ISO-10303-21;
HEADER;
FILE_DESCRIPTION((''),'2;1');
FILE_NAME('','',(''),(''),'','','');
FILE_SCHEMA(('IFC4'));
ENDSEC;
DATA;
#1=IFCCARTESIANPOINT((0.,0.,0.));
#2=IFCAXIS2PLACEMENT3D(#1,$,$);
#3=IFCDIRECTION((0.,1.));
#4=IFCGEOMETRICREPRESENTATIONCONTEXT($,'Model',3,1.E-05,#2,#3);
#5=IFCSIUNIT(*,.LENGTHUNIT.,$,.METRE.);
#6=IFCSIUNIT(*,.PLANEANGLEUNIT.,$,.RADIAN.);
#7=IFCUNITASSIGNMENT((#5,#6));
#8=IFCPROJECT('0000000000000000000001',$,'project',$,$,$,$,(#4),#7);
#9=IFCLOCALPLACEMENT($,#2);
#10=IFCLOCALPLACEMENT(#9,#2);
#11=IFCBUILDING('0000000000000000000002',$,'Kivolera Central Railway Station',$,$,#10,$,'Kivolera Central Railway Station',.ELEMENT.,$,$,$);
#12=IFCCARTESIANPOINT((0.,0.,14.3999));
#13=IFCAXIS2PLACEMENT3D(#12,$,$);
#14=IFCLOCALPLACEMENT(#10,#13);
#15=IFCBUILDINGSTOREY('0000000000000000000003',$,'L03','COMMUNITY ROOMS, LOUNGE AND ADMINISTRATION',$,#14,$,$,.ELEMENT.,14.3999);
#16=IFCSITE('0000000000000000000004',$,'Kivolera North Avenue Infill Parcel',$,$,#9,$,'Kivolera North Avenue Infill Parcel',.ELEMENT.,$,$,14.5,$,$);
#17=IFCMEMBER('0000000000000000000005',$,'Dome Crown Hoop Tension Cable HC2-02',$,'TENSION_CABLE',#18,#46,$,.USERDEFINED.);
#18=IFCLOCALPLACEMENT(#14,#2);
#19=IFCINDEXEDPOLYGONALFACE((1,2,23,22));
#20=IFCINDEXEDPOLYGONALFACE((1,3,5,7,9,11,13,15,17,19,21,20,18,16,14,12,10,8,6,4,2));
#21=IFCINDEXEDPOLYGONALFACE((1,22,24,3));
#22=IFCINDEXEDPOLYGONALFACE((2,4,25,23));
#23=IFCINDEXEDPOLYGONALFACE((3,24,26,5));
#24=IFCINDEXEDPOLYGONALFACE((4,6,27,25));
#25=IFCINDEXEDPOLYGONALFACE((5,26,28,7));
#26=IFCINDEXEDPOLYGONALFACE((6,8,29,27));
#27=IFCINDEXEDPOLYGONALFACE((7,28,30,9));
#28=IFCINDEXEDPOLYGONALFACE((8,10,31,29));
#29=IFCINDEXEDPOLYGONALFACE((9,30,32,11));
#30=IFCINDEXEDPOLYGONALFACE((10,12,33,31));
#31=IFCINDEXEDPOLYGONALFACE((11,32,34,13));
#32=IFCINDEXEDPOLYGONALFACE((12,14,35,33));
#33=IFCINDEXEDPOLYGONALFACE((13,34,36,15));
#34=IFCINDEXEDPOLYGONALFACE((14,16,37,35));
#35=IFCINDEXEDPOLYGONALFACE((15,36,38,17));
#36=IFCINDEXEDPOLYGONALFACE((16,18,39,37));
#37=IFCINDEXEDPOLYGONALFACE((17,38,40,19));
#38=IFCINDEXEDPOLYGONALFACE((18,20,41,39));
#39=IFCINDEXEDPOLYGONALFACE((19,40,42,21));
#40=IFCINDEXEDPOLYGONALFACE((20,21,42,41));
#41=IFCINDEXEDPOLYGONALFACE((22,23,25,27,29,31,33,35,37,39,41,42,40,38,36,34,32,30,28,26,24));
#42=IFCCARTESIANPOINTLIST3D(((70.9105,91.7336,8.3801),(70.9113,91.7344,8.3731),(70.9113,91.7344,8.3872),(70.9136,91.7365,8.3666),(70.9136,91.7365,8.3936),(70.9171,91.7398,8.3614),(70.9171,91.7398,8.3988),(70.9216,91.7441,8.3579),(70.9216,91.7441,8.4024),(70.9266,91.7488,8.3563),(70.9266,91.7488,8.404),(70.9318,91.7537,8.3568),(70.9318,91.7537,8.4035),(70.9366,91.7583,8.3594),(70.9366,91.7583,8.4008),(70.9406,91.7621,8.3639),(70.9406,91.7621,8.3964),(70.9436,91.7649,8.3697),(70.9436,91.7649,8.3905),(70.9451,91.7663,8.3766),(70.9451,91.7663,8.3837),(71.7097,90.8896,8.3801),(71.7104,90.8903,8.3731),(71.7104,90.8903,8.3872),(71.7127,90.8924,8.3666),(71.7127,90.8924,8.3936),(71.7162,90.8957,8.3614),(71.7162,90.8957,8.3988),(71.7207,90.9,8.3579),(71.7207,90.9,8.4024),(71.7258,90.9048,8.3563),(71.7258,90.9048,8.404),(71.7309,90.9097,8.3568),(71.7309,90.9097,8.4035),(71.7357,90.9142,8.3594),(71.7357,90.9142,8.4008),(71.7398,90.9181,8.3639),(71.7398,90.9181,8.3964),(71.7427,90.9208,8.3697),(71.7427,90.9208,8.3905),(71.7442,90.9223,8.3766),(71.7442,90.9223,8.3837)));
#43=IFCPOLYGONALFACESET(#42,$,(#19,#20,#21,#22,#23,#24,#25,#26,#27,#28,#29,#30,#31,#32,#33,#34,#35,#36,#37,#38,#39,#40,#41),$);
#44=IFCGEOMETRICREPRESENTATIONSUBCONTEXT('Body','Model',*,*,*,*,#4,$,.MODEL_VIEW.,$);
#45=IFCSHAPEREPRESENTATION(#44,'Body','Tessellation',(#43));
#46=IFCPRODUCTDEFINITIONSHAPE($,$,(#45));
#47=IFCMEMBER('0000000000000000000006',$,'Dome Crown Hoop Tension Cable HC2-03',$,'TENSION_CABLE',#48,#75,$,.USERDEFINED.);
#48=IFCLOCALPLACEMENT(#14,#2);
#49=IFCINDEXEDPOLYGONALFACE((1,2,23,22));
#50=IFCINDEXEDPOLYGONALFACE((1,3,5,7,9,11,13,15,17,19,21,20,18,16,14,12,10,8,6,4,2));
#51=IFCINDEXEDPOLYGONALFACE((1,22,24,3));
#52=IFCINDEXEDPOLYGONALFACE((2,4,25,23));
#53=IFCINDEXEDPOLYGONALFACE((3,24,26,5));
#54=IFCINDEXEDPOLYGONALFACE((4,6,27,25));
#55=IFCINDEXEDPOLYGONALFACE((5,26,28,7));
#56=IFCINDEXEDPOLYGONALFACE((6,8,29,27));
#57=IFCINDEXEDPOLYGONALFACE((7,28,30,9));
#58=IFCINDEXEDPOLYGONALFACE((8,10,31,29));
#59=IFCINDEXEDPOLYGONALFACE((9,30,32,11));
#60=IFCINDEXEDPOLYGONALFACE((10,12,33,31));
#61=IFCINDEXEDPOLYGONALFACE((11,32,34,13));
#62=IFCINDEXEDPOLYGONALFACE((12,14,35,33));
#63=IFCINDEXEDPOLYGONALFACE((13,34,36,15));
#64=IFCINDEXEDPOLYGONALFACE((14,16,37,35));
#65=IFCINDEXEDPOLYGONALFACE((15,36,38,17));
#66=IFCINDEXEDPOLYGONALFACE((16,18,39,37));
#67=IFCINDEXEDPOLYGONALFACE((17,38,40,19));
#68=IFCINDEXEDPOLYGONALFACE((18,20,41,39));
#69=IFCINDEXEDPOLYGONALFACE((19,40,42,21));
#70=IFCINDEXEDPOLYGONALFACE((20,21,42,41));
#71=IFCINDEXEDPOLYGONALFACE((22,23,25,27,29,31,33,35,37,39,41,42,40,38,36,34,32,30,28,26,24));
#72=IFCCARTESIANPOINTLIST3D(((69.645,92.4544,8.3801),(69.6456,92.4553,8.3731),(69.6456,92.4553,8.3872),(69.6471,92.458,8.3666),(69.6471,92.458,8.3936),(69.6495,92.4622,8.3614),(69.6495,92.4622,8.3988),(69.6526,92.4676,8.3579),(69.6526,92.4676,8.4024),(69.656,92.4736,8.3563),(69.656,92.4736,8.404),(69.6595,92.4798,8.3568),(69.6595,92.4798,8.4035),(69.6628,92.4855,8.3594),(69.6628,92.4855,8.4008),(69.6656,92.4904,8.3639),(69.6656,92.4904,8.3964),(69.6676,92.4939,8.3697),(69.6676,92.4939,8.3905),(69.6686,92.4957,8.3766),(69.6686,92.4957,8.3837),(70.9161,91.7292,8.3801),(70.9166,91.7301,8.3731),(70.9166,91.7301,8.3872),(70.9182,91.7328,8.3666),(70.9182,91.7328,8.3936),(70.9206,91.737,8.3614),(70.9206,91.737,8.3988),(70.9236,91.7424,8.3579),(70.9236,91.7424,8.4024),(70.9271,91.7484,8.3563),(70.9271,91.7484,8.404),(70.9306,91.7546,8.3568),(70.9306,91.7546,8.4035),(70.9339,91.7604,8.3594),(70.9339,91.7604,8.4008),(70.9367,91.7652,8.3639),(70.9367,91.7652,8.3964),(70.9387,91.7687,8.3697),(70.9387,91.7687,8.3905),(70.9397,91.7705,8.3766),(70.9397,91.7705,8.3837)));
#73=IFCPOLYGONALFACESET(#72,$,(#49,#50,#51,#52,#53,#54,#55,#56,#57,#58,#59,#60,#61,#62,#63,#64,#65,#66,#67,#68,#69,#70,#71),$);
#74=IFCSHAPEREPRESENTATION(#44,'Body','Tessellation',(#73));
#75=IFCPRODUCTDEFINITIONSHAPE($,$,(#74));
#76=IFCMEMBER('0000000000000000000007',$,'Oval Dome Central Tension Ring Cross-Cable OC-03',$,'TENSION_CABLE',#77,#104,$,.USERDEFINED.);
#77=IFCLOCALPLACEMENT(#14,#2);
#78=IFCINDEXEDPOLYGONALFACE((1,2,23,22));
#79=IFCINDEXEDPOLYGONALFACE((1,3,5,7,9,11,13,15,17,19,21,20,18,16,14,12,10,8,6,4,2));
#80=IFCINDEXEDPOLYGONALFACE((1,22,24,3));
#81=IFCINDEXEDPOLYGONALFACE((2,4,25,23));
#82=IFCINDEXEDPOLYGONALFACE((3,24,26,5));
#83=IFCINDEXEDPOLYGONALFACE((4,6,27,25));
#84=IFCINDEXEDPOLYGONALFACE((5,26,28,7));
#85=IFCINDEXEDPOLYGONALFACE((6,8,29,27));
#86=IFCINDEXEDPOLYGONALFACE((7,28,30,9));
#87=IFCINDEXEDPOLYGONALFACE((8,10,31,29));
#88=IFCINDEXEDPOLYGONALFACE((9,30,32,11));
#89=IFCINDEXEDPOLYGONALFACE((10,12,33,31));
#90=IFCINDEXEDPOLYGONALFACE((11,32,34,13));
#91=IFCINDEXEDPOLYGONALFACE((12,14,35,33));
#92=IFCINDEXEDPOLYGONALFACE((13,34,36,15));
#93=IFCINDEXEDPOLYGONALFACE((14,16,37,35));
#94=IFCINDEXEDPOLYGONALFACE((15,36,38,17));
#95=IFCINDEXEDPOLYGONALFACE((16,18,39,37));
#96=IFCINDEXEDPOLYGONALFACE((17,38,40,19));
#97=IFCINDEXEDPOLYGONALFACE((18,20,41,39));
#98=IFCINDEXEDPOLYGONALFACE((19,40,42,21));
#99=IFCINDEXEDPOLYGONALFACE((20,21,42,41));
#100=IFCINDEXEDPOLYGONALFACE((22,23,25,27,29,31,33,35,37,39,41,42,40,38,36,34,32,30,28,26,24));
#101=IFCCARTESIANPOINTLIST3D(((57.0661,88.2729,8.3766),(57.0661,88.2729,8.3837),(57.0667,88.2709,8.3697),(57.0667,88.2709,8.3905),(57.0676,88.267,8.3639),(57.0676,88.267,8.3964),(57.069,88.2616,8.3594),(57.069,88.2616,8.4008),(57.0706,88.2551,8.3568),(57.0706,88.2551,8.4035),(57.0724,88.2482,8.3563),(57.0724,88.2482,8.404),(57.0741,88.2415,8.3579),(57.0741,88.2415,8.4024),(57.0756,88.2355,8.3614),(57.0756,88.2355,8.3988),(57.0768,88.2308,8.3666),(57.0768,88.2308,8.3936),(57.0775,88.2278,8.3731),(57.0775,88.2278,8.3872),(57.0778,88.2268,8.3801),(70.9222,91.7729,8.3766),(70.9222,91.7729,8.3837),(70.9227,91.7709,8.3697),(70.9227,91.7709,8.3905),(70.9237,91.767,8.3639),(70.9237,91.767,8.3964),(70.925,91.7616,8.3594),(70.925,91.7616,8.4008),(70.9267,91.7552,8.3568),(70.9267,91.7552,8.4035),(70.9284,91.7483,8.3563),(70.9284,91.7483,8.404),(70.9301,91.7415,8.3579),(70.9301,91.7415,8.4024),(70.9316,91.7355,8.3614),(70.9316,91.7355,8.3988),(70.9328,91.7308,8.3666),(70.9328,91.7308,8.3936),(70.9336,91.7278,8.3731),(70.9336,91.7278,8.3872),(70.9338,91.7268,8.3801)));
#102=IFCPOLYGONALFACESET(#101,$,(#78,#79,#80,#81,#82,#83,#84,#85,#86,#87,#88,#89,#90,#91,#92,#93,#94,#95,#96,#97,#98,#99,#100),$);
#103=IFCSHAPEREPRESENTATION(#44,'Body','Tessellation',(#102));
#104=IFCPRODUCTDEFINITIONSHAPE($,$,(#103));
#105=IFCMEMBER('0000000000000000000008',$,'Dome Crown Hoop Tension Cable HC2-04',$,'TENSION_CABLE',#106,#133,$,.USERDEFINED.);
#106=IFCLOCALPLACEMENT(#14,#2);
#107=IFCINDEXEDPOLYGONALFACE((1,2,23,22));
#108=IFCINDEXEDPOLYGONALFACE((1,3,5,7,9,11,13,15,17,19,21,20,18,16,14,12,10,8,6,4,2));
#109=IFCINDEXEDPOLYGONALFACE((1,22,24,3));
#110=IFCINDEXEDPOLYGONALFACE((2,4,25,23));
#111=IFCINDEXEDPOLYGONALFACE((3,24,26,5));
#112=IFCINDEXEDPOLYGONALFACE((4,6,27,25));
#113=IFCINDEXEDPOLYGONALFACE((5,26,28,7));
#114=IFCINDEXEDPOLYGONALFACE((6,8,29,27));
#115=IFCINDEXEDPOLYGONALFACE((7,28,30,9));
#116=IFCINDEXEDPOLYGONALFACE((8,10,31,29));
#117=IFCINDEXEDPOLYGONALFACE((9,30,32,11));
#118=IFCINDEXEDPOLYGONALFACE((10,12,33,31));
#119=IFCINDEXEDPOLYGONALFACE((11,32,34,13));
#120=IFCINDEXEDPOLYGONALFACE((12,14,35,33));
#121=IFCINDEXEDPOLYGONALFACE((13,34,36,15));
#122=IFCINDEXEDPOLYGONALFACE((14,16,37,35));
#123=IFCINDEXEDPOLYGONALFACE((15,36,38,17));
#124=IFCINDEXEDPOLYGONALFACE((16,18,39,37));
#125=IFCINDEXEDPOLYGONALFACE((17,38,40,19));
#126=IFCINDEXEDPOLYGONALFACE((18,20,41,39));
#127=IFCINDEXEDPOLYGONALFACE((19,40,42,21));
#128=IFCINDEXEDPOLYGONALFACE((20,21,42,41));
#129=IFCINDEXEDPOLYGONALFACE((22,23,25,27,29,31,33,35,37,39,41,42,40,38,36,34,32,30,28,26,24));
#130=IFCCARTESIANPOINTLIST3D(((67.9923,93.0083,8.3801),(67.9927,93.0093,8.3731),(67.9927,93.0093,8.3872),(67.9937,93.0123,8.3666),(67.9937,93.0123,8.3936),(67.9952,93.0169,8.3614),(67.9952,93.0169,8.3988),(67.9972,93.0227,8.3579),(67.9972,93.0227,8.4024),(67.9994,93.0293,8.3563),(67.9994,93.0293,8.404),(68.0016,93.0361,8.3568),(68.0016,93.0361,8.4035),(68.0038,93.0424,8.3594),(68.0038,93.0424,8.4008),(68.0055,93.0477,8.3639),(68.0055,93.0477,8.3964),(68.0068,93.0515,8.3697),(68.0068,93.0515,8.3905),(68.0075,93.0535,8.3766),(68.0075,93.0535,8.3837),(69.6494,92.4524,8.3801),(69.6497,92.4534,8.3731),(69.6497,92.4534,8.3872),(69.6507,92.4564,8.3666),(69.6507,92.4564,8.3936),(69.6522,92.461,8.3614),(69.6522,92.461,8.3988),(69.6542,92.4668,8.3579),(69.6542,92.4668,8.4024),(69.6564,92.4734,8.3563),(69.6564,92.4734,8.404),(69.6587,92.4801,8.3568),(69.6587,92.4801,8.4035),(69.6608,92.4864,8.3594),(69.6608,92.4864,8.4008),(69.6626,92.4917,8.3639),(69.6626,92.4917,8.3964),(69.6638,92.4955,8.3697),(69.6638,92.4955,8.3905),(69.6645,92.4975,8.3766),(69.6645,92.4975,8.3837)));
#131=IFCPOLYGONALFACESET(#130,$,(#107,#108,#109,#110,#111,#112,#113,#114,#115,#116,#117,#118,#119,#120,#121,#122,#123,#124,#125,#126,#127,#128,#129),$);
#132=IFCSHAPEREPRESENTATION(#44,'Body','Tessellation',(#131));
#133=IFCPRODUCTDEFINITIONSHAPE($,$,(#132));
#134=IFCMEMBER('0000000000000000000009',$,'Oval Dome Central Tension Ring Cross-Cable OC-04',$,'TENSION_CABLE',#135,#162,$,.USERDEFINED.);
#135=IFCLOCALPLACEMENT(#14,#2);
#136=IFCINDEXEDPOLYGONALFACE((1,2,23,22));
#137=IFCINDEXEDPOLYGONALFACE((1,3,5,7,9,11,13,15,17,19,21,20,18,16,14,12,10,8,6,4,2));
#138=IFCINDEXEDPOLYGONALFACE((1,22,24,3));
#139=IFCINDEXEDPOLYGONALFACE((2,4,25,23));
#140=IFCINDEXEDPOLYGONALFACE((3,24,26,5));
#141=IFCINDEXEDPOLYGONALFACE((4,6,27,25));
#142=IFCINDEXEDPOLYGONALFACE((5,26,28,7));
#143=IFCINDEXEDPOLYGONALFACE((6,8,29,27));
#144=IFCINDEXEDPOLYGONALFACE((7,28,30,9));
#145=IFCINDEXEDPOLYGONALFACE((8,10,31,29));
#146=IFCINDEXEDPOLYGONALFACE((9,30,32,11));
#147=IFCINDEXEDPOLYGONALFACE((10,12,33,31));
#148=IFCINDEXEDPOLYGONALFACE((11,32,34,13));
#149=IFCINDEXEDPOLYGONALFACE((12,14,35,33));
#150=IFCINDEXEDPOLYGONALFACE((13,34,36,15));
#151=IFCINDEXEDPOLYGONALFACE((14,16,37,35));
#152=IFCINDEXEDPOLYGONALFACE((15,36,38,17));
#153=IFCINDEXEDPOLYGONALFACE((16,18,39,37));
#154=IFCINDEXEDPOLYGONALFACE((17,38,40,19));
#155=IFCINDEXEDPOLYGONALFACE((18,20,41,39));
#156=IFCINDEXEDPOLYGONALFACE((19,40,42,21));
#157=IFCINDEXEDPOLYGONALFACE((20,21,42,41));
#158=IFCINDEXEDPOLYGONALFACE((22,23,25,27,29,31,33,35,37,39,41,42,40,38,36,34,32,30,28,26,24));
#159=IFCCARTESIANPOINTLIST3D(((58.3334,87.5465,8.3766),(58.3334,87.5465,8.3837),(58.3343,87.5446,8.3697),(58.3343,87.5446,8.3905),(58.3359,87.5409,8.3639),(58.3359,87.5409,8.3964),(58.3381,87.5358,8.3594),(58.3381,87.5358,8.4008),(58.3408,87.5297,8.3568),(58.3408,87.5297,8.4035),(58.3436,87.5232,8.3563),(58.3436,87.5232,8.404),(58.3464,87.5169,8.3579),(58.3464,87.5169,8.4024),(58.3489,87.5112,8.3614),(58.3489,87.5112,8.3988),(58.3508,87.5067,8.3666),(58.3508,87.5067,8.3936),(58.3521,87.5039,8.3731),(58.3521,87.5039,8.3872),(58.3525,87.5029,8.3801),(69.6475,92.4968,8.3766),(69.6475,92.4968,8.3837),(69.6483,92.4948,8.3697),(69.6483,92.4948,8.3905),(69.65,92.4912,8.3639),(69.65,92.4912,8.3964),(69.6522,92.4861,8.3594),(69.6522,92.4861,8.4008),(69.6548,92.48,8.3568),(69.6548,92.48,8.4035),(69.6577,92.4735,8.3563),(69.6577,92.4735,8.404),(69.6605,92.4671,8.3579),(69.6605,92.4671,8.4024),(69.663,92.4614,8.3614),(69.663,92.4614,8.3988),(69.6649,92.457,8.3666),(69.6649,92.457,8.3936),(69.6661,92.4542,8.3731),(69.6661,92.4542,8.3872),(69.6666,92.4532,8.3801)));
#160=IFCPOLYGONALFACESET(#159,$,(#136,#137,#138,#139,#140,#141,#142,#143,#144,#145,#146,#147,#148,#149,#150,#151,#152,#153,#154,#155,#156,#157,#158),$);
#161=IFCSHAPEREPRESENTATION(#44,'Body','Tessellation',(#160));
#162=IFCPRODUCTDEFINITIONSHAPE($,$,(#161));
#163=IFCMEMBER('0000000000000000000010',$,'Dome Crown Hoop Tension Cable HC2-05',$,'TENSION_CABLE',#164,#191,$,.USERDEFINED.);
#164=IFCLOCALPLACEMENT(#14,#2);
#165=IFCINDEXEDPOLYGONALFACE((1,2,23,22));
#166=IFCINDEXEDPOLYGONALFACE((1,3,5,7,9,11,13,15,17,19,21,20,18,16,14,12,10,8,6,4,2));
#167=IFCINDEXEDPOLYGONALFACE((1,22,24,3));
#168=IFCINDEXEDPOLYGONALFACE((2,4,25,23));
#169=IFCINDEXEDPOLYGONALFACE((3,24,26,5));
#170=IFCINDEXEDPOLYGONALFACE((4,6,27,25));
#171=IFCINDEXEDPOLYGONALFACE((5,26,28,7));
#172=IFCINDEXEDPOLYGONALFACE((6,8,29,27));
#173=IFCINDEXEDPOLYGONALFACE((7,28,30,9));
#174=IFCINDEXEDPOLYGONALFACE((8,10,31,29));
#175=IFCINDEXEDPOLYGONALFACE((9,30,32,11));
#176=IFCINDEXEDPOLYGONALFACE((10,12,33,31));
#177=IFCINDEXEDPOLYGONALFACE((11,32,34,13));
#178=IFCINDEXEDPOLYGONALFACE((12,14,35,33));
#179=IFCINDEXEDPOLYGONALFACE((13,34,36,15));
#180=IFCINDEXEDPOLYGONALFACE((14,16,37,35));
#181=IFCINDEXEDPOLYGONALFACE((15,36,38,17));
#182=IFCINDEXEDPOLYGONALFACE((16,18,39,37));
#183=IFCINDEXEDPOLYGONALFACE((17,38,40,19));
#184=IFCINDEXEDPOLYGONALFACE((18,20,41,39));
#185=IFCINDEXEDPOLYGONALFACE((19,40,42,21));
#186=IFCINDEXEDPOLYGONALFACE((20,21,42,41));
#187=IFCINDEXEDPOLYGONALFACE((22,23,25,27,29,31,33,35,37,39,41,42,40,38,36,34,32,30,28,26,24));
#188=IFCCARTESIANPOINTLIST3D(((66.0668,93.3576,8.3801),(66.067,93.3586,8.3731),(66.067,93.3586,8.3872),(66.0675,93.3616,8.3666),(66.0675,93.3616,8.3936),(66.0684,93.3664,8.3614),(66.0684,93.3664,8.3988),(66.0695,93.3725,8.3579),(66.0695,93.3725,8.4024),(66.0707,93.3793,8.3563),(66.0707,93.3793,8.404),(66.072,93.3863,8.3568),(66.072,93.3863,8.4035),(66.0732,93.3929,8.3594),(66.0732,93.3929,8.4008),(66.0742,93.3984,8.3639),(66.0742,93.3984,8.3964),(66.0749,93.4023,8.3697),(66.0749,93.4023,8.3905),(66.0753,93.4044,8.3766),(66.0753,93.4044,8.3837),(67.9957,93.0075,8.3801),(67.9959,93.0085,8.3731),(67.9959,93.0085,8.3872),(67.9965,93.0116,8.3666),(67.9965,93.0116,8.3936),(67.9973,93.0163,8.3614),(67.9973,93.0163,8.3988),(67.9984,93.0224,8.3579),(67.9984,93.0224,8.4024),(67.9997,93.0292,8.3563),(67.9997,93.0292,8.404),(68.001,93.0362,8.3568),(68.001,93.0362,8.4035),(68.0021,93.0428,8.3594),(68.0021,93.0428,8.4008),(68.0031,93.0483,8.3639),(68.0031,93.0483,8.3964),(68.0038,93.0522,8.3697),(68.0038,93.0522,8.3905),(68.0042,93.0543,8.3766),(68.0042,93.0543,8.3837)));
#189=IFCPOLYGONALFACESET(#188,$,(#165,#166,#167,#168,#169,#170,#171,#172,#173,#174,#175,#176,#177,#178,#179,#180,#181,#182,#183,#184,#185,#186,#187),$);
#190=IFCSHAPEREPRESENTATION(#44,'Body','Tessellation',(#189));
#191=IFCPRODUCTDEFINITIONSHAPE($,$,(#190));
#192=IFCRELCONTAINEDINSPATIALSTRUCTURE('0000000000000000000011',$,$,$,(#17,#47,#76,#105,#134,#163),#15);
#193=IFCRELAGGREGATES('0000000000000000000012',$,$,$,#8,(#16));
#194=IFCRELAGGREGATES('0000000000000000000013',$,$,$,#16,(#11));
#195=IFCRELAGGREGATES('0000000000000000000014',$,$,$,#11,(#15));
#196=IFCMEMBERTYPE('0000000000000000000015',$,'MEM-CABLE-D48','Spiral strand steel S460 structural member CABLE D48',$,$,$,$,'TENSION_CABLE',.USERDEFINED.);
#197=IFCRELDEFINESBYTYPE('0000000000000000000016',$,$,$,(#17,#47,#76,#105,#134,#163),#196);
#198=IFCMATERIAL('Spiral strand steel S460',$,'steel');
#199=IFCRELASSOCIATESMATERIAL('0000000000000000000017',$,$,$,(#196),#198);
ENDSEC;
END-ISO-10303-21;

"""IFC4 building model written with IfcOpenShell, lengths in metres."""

from ifc_helpers import new_model, si_unit, direction, frame, origin, origin_2d, place, context, subcontext, project, spatial, circle, extrude, material, material_profile, profile_set, type_object, element, save


model = new_model("IFC4")

# Units and contexts
model_context = context("Model", 3, precision=1e-05, world=origin(), true_north=direction((0.0, 1.0)))
body_context = subcontext(model_context, "Body", "Model", "MODEL_VIEW")
ifc_project = project(units=[si_unit("LENGTHUNIT", "METRE"), si_unit("PLANEANGLEUNIT", "RADIAN")], contexts=[model_context])

# Site, building, storey
site_placement = place(None, origin())
site = spatial("IfcSite", under=ifc_project, at=site_placement, Name="Kivolera North Avenue Infill Parcel", LongName="Kivolera North Avenue Infill Parcel", CompositionType="ELEMENT", RefElevation=14.5)
building_placement = place(site_placement, origin())
building = spatial("IfcBuilding", under=site, at=building_placement, Name="Kivolera Central Railway Station", LongName="Kivolera Central Railway Station", CompositionType="ELEMENT")
storey_placement = place(building_placement, frame((0.0, 0.0, 14.3999)))
storey = spatial("IfcBuildingStorey", under=building, at=storey_placement, Name="L03", Description="COMMUNITY ROOMS, LOUNGE AND ADMINISTRATION", CompositionType="ELEMENT", Elevation=14.3999)

# Members
ifc_material_1 = material(Name="Spiral strand steel S460", Category="steel")
ifc_material_profile_1 = material_profile(ifc_material_1, circle(Radius=0.0239, at=origin_2d()), Name="CABLE D48")
ifc_profile_set_1 = profile_set([ifc_material_profile_1], Name="Spiral strand steel S460")
member_type_1 = type_object("IfcMemberType", Name="MEM-CABLE-D48", Description="Spiral strand steel S460 structural member CABLE D48", ElementType="TENSION_CABLE", PredefinedType="USERDEFINED", material=ifc_profile_set_1)
member_1_placement = place(storey_placement, frame((71.7271, 90.906, 8.3801), z_axis=(-0.687517, 0.726168, 0.0), x_axis=(-0.726168, -0.687517, 0.0)))
element("IfcMember", 1, at=member_1_placement, inside=storey, type_object=member_type_1, Name="Dome Crown Hoop Tension Cable HC2-02", ObjectType="TENSION_CABLE", PredefinedType="USERDEFINED", context=body_context, shape_type="SweptSolid", body=[
    extrude(circle(Radius=0.0239, at=origin_2d()), origin(), (0.0, 0.0, 1.0), 1.1624),
])
member_2_placement = place(storey_placement, frame((70.928, 91.75, 8.3801), z_axis=(-0.868592, 0.495528, 0.0), x_axis=(-0.495528, -0.868592, 0.0)))
element("IfcMember", 2, at=member_2_placement, inside=storey, type_object=member_type_1, Name="Dome Crown Hoop Tension Cable HC2-03", ObjectType="TENSION_CABLE", PredefinedType="USERDEFINED", context=body_context, shape_type="SweptSolid", body=[
    extrude(circle(Radius=0.0239, at=origin_2d()), origin(), (0.0, 0.0, 1.0), 1.4634),
])
member_3_placement = place(storey_placement, frame((70.928, 91.75, 8.3801), z_axis=(-0.969547, -0.244906, 0.0), x_axis=(0.244906, -0.969547, 0.0)))
element("IfcMember", 3, at=member_3_placement, inside=storey, type_object=member_type_1, Name="Oval Dome Central Tension Ring Cross-Cable OC-03", ObjectType="TENSION_CABLE", PredefinedType="USERDEFINED", context=body_context, shape_type="SweptSolid", body=[
    extrude(circle(Radius=0.0239, at=origin_2d()), origin(), (0.0, 0.0, 1.0), 14.2913),
])
member_4_placement = place(storey_placement, frame((69.657, 92.4751, 8.3801), z_axis=(-0.948067, 0.318071, 0.0), x_axis=(-0.318071, -0.948067, 0.0)))
element("IfcMember", 4, at=member_4_placement, inside=storey, type_object=member_type_1, Name="Dome Crown Hoop Tension Cable HC2-04", ObjectType="TENSION_CABLE", PredefinedType="USERDEFINED", context=body_context, shape_type="SweptSolid", body=[
    extrude(circle(Radius=0.0239, at=origin_2d()), origin(), (0.0, 0.0, 1.0), 1.7478),
])
member_5_placement = place(storey_placement, frame((69.657, 92.4751, 8.3801), z_axis=(-0.916147, -0.400842, 0.0), x_axis=(0.400842, -0.916147, 0.0)))
element("IfcMember", 5, at=member_5_placement, inside=storey, type_object=member_type_1, Name="Oval Dome Central Tension Ring Cross-Cable OC-04", ObjectType="TENSION_CABLE", PredefinedType="USERDEFINED", context=body_context, shape_type="SweptSolid", body=[
    extrude(circle(Radius=0.0239, at=origin_2d()), origin(), (0.0, 0.0, 1.0), 12.3496),
])
member_6_placement = place(storey_placement, frame((68.0, 93.031, 8.3801), z_axis=(-0.983926, 0.178579, 0.0), x_axis=(-0.178579, -0.983926, 0.0)))
element("IfcMember", 6, at=member_6_placement, inside=storey, type_object=member_type_1, Name="Dome Crown Hoop Tension Cable HC2-05", ObjectType="TENSION_CABLE", PredefinedType="USERDEFINED", context=body_context, shape_type="SweptSolid", body=[
    extrude(circle(Radius=0.0239, at=origin_2d()), origin(), (0.0, 0.0, 1.0), 1.9604),
])

save(model, "model.ifc")
